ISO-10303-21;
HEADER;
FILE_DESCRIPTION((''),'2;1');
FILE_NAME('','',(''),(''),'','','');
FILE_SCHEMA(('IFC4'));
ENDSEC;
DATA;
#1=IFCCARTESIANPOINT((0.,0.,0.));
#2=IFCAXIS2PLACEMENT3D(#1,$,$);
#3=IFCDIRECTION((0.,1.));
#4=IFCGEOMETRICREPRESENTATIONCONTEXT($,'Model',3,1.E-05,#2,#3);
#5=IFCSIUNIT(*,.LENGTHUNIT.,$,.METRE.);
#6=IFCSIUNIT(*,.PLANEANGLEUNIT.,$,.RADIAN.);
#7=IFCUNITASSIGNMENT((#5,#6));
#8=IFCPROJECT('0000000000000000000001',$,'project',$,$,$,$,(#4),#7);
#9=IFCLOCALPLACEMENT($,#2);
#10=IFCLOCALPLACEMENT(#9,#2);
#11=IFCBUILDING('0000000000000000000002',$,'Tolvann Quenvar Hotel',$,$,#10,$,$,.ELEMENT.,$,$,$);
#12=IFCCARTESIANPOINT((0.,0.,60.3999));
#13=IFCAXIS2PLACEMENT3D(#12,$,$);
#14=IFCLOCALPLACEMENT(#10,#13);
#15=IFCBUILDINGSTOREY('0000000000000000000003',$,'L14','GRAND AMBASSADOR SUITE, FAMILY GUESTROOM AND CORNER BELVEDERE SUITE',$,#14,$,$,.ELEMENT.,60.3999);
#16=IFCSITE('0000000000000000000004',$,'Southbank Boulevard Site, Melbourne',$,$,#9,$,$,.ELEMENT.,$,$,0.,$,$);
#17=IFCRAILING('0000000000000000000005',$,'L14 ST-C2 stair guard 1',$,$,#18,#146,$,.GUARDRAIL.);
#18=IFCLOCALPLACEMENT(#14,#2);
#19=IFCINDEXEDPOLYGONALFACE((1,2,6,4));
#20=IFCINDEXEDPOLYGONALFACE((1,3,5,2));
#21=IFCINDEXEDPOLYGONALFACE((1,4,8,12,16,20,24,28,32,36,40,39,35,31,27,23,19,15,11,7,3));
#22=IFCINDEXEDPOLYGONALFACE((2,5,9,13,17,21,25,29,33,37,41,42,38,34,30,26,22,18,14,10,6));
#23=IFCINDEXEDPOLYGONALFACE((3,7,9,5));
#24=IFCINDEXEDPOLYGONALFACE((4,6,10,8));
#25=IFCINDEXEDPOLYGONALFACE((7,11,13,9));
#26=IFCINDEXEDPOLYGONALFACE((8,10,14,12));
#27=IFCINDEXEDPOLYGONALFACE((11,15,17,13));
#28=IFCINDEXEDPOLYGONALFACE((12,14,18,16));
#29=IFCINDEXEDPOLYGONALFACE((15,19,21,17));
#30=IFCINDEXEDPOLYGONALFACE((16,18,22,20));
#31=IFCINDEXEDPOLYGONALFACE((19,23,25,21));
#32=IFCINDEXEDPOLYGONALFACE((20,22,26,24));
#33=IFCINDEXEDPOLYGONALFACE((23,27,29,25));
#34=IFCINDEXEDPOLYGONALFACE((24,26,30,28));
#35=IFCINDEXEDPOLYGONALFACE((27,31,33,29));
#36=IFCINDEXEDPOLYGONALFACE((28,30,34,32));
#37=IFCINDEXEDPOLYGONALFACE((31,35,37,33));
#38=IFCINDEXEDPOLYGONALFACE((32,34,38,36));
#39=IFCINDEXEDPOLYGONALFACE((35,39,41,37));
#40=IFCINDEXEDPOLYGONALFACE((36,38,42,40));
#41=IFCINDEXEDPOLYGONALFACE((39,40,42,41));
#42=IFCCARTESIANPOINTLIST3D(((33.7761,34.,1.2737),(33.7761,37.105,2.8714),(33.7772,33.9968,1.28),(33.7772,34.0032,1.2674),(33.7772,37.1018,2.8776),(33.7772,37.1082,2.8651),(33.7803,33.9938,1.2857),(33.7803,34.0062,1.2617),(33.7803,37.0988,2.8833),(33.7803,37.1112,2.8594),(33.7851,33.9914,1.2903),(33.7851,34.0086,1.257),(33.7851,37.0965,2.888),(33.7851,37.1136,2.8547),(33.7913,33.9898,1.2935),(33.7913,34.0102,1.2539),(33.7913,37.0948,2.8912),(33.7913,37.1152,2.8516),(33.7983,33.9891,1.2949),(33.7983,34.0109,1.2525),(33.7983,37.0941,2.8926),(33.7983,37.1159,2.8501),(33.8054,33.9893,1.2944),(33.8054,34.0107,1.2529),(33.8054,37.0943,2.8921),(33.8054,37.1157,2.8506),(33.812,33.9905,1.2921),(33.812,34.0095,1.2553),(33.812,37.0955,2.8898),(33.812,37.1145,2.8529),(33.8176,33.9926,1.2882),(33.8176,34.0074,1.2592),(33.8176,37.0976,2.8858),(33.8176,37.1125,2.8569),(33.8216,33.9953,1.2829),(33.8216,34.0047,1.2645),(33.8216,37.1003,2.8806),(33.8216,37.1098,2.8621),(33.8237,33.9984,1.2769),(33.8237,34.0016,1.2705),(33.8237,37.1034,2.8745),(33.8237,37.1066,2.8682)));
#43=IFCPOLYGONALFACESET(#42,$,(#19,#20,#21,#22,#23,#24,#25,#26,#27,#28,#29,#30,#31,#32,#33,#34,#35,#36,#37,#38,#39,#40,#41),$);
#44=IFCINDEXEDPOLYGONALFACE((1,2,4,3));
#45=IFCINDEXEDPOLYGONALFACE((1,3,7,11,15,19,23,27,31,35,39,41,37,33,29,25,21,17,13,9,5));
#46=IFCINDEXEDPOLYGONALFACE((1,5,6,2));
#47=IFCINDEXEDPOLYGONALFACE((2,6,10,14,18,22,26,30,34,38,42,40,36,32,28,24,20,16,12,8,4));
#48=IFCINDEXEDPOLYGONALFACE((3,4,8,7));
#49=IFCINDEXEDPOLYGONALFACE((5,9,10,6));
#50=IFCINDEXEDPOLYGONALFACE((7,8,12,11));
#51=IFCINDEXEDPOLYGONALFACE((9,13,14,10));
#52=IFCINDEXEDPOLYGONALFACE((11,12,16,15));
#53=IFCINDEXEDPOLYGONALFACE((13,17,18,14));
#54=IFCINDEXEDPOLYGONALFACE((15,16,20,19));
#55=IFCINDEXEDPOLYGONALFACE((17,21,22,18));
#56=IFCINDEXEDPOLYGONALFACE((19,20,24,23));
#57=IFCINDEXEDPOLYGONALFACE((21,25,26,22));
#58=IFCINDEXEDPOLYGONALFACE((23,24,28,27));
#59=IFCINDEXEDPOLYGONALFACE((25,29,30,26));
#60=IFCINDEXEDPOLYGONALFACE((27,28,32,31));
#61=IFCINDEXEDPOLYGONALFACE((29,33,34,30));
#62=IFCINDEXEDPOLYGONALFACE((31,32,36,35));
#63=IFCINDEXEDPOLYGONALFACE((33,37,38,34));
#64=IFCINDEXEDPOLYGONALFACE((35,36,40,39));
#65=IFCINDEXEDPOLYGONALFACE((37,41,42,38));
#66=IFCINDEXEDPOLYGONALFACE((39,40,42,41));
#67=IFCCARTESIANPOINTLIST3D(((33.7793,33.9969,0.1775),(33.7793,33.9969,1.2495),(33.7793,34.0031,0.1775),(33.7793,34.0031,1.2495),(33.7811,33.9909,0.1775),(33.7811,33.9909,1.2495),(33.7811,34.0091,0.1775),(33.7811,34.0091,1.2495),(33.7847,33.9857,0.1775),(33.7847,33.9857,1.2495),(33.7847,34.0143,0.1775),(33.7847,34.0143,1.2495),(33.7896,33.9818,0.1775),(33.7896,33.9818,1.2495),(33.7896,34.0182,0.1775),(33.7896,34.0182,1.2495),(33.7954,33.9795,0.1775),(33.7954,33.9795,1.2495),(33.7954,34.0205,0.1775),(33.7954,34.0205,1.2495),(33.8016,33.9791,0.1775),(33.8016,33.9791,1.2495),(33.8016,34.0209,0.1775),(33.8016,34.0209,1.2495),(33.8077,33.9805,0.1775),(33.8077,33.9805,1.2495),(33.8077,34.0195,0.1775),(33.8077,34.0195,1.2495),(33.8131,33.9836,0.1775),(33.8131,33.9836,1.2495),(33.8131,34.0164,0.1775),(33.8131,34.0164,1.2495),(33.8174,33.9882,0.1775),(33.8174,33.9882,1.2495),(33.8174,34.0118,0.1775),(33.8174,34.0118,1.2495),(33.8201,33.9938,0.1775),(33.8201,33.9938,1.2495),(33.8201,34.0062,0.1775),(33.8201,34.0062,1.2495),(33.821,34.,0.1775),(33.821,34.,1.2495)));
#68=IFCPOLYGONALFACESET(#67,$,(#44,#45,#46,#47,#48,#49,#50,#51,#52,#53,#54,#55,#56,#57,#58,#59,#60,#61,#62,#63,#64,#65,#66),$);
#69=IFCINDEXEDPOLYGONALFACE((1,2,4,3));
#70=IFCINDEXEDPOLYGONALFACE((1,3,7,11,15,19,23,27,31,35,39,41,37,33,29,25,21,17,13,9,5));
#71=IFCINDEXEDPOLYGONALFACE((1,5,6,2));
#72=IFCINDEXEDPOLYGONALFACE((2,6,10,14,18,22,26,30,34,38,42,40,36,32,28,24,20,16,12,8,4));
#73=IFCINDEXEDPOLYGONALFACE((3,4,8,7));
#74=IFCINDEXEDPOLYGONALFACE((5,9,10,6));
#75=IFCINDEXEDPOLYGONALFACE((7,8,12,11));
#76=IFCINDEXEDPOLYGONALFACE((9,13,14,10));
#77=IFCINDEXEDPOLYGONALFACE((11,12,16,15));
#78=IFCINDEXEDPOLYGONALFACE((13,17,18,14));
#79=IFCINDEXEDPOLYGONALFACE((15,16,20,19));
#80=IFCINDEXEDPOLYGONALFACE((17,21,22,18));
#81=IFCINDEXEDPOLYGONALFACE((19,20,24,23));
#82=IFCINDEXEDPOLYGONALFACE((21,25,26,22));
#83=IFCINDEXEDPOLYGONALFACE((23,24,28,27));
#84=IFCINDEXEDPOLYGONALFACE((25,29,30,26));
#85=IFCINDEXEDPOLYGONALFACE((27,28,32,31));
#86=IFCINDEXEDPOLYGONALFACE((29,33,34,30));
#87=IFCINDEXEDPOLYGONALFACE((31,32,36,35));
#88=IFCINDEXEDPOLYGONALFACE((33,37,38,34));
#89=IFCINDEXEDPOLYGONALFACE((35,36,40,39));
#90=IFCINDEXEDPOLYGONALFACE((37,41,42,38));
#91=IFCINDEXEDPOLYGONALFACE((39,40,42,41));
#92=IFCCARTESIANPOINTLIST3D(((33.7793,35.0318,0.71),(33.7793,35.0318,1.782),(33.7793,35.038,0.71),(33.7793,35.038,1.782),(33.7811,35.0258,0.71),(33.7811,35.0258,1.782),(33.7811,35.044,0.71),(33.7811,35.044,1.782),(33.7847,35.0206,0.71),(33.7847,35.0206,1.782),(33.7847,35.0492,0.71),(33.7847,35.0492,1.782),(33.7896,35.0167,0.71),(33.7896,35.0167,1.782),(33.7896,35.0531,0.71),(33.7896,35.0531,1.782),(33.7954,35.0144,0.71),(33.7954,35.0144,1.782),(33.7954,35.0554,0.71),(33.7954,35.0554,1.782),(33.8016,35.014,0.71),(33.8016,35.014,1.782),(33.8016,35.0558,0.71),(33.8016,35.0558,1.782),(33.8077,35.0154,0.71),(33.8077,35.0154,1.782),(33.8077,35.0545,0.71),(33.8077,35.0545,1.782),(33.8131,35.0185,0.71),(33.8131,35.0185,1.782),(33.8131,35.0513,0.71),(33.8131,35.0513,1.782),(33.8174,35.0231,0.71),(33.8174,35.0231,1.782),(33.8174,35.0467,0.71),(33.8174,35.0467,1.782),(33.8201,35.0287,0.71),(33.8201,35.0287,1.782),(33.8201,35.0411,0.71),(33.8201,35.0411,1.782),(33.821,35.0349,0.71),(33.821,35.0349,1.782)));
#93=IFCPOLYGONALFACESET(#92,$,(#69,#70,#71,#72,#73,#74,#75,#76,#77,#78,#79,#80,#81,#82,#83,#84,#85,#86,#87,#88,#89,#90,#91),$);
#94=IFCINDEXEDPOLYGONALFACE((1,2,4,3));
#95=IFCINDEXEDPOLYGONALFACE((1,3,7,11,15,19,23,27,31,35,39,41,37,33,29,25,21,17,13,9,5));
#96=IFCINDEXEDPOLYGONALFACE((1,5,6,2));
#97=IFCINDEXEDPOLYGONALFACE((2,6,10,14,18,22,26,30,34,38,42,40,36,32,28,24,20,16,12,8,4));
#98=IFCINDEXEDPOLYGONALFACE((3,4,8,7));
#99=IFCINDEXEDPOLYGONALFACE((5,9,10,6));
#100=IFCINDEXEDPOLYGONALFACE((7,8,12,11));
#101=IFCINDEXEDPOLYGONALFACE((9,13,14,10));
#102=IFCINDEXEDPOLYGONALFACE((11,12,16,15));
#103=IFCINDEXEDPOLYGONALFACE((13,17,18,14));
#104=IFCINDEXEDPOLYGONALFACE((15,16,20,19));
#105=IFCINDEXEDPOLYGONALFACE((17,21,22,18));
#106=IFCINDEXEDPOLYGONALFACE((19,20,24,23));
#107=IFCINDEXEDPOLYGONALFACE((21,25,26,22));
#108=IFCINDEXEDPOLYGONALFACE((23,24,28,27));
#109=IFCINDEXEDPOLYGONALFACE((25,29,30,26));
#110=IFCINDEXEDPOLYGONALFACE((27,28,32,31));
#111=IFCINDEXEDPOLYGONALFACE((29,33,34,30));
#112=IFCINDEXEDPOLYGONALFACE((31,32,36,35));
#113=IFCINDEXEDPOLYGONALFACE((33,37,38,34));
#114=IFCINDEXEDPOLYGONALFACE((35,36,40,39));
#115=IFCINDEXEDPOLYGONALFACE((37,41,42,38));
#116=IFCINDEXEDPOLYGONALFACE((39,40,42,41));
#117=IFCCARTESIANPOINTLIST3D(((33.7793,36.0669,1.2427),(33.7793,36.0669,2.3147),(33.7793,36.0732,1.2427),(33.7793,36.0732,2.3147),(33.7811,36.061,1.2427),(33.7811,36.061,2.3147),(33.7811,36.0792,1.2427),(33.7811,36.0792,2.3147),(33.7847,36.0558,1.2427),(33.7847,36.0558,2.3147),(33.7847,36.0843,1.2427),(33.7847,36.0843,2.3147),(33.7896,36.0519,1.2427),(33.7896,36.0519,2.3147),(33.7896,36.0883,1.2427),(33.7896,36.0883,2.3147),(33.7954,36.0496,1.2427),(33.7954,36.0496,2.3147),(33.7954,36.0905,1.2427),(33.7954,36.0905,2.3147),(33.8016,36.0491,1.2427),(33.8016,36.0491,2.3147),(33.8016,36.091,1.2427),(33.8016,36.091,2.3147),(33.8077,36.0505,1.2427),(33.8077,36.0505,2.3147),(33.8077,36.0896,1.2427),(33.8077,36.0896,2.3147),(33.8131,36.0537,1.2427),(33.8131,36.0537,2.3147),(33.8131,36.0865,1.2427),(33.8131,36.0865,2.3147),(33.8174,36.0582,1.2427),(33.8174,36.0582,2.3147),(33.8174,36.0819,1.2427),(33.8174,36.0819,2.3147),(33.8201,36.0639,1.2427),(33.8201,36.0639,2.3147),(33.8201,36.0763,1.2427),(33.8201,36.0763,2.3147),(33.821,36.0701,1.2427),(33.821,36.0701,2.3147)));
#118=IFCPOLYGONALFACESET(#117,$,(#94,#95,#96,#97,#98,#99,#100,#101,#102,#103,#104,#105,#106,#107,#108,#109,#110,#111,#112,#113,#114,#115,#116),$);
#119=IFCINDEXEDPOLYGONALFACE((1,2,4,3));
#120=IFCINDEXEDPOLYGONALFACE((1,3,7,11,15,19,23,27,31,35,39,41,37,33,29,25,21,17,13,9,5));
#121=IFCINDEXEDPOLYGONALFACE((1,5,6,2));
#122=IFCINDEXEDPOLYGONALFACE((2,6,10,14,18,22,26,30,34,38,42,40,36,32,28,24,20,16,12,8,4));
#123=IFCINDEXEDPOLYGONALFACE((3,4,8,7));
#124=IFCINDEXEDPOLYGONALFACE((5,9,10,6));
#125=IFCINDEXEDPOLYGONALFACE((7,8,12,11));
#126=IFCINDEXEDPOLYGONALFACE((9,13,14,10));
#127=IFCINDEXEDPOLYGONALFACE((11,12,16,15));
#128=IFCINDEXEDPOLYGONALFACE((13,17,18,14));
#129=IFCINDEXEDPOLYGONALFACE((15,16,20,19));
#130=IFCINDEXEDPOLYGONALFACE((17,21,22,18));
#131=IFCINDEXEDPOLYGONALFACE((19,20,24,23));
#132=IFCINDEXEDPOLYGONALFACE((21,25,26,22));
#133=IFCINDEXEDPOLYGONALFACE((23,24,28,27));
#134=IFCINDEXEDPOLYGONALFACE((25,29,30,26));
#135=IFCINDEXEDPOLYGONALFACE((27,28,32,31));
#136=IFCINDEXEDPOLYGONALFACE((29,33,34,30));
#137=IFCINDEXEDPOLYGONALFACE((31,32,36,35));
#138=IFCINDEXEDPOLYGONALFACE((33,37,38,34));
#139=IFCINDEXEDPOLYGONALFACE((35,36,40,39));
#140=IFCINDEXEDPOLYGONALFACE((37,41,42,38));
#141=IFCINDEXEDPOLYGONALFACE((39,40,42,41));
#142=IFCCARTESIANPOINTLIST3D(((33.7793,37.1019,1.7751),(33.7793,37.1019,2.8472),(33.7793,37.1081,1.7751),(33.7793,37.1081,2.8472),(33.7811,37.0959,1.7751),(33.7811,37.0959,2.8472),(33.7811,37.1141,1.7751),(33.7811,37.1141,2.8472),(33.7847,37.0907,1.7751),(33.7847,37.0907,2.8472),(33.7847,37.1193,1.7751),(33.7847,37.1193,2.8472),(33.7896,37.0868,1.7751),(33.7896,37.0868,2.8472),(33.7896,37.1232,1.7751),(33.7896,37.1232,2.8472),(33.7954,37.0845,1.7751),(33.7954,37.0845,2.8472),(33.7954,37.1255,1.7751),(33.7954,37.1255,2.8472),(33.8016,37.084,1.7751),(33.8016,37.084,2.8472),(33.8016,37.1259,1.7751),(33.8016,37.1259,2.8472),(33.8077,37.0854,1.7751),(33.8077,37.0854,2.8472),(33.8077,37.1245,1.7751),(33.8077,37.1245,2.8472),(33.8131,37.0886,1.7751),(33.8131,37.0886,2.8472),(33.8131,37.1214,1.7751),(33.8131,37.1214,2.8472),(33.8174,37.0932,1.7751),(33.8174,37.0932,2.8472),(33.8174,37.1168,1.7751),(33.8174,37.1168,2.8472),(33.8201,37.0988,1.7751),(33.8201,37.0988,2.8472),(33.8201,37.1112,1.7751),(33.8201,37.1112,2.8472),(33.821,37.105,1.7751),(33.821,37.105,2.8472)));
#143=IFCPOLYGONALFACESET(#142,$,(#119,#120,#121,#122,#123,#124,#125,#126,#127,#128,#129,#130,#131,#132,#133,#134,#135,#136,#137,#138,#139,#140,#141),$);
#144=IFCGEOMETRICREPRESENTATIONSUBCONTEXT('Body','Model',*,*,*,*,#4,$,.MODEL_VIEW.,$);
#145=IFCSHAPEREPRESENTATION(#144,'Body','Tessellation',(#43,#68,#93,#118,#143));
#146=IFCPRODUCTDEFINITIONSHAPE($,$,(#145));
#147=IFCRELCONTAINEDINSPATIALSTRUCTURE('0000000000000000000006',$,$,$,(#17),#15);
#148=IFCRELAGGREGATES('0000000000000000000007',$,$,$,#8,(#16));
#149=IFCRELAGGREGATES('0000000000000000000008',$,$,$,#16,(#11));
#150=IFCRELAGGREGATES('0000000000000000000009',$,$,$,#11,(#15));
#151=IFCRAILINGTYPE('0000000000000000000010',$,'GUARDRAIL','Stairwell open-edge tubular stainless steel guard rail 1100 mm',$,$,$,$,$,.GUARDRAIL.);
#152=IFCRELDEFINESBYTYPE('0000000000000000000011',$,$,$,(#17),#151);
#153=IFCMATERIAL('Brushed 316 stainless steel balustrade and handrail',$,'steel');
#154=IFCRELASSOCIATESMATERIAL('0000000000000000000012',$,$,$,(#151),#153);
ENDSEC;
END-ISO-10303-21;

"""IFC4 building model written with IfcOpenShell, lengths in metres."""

from ifc_helpers import new_model, si_unit, direction, frame, origin, origin_2d, place, context, subcontext, project, spatial, circle, extrude, material, type_object, element, save


model = new_model("IFC4")

# Units and contexts
model_context = context("Model", 3, precision=1e-05, world=origin(), true_north=direction((0.0, 1.0)))
body_context = subcontext(model_context, "Body", "Model", "MODEL_VIEW")
ifc_project = project(units=[si_unit("LENGTHUNIT", "METRE"), si_unit("PLANEANGLEUNIT", "RADIAN")], contexts=[model_context])

# Site, building, storey
site_placement = place(None, origin())
site = spatial("IfcSite", under=ifc_project, at=site_placement, Name="Southbank Boulevard Site, Melbourne", CompositionType="ELEMENT", RefElevation=0.0)
building_placement = place(site_placement, origin())
building = spatial("IfcBuilding", under=site, at=building_placement, Name="Tolvann Quenvar Hotel", CompositionType="ELEMENT")
storey_placement = place(building_placement, frame((0.0, 0.0, 60.3999)))
storey = spatial("IfcBuildingStorey", under=building, at=storey_placement, Name="L14", Description="GRAND AMBASSADOR SUITE, FAMILY GUESTROOM AND CORNER BELVEDERE SUITE", CompositionType="ELEMENT", Elevation=60.3999)

# Railing
ifc_material_1 = material(Name="Brushed 316 stainless steel balustrade and handrail", Category="steel")
railing_type_1 = type_object("IfcRailingType", Name="GUARDRAIL", Description="Stairwell open-edge tubular stainless steel guard rail 1100 mm", PredefinedType="GUARDRAIL", material=ifc_material_1)
railing_1_placement = place(storey_placement, frame((33.8, 34.0, 0.1775)))
element("IfcRailing", 1, at=railing_1_placement, inside=storey, type_object=railing_type_1, Name="L14 ST-C2 stair guard 1", PredefinedType="GUARDRAIL", context=body_context, shape_type="SweptSolid", body=[
    extrude(circle(Radius=0.0239, at=origin_2d()), frame((0.0, 0.0, 1.0962), z_axis=(0.0, 0.889194, 0.457531), x_axis=(-1.0, 0.0, 0.0)), (0.0, 0.0, 1.0), 3.4919),
    extrude(circle(Radius=0.021, at=origin_2d()), origin(), (0.0, 0.0, 1.0), 1.072),
    extrude(circle(Radius=0.021, at=origin_2d()), frame((0.0, 1.0349, 0.5325)), (0.0, 0.0, 1.0), 1.072),
    extrude(circle(Radius=0.021, at=origin_2d()), frame((0.0, 2.0701, 1.0652)), (0.0, 0.0, 1.0), 1.072),
    extrude(circle(Radius=0.021, at=origin_2d()), frame((0.0, 3.105, 1.5977)), (0.0, 0.0, 1.0), 1.072),
])

save(model, "model.ifc")
